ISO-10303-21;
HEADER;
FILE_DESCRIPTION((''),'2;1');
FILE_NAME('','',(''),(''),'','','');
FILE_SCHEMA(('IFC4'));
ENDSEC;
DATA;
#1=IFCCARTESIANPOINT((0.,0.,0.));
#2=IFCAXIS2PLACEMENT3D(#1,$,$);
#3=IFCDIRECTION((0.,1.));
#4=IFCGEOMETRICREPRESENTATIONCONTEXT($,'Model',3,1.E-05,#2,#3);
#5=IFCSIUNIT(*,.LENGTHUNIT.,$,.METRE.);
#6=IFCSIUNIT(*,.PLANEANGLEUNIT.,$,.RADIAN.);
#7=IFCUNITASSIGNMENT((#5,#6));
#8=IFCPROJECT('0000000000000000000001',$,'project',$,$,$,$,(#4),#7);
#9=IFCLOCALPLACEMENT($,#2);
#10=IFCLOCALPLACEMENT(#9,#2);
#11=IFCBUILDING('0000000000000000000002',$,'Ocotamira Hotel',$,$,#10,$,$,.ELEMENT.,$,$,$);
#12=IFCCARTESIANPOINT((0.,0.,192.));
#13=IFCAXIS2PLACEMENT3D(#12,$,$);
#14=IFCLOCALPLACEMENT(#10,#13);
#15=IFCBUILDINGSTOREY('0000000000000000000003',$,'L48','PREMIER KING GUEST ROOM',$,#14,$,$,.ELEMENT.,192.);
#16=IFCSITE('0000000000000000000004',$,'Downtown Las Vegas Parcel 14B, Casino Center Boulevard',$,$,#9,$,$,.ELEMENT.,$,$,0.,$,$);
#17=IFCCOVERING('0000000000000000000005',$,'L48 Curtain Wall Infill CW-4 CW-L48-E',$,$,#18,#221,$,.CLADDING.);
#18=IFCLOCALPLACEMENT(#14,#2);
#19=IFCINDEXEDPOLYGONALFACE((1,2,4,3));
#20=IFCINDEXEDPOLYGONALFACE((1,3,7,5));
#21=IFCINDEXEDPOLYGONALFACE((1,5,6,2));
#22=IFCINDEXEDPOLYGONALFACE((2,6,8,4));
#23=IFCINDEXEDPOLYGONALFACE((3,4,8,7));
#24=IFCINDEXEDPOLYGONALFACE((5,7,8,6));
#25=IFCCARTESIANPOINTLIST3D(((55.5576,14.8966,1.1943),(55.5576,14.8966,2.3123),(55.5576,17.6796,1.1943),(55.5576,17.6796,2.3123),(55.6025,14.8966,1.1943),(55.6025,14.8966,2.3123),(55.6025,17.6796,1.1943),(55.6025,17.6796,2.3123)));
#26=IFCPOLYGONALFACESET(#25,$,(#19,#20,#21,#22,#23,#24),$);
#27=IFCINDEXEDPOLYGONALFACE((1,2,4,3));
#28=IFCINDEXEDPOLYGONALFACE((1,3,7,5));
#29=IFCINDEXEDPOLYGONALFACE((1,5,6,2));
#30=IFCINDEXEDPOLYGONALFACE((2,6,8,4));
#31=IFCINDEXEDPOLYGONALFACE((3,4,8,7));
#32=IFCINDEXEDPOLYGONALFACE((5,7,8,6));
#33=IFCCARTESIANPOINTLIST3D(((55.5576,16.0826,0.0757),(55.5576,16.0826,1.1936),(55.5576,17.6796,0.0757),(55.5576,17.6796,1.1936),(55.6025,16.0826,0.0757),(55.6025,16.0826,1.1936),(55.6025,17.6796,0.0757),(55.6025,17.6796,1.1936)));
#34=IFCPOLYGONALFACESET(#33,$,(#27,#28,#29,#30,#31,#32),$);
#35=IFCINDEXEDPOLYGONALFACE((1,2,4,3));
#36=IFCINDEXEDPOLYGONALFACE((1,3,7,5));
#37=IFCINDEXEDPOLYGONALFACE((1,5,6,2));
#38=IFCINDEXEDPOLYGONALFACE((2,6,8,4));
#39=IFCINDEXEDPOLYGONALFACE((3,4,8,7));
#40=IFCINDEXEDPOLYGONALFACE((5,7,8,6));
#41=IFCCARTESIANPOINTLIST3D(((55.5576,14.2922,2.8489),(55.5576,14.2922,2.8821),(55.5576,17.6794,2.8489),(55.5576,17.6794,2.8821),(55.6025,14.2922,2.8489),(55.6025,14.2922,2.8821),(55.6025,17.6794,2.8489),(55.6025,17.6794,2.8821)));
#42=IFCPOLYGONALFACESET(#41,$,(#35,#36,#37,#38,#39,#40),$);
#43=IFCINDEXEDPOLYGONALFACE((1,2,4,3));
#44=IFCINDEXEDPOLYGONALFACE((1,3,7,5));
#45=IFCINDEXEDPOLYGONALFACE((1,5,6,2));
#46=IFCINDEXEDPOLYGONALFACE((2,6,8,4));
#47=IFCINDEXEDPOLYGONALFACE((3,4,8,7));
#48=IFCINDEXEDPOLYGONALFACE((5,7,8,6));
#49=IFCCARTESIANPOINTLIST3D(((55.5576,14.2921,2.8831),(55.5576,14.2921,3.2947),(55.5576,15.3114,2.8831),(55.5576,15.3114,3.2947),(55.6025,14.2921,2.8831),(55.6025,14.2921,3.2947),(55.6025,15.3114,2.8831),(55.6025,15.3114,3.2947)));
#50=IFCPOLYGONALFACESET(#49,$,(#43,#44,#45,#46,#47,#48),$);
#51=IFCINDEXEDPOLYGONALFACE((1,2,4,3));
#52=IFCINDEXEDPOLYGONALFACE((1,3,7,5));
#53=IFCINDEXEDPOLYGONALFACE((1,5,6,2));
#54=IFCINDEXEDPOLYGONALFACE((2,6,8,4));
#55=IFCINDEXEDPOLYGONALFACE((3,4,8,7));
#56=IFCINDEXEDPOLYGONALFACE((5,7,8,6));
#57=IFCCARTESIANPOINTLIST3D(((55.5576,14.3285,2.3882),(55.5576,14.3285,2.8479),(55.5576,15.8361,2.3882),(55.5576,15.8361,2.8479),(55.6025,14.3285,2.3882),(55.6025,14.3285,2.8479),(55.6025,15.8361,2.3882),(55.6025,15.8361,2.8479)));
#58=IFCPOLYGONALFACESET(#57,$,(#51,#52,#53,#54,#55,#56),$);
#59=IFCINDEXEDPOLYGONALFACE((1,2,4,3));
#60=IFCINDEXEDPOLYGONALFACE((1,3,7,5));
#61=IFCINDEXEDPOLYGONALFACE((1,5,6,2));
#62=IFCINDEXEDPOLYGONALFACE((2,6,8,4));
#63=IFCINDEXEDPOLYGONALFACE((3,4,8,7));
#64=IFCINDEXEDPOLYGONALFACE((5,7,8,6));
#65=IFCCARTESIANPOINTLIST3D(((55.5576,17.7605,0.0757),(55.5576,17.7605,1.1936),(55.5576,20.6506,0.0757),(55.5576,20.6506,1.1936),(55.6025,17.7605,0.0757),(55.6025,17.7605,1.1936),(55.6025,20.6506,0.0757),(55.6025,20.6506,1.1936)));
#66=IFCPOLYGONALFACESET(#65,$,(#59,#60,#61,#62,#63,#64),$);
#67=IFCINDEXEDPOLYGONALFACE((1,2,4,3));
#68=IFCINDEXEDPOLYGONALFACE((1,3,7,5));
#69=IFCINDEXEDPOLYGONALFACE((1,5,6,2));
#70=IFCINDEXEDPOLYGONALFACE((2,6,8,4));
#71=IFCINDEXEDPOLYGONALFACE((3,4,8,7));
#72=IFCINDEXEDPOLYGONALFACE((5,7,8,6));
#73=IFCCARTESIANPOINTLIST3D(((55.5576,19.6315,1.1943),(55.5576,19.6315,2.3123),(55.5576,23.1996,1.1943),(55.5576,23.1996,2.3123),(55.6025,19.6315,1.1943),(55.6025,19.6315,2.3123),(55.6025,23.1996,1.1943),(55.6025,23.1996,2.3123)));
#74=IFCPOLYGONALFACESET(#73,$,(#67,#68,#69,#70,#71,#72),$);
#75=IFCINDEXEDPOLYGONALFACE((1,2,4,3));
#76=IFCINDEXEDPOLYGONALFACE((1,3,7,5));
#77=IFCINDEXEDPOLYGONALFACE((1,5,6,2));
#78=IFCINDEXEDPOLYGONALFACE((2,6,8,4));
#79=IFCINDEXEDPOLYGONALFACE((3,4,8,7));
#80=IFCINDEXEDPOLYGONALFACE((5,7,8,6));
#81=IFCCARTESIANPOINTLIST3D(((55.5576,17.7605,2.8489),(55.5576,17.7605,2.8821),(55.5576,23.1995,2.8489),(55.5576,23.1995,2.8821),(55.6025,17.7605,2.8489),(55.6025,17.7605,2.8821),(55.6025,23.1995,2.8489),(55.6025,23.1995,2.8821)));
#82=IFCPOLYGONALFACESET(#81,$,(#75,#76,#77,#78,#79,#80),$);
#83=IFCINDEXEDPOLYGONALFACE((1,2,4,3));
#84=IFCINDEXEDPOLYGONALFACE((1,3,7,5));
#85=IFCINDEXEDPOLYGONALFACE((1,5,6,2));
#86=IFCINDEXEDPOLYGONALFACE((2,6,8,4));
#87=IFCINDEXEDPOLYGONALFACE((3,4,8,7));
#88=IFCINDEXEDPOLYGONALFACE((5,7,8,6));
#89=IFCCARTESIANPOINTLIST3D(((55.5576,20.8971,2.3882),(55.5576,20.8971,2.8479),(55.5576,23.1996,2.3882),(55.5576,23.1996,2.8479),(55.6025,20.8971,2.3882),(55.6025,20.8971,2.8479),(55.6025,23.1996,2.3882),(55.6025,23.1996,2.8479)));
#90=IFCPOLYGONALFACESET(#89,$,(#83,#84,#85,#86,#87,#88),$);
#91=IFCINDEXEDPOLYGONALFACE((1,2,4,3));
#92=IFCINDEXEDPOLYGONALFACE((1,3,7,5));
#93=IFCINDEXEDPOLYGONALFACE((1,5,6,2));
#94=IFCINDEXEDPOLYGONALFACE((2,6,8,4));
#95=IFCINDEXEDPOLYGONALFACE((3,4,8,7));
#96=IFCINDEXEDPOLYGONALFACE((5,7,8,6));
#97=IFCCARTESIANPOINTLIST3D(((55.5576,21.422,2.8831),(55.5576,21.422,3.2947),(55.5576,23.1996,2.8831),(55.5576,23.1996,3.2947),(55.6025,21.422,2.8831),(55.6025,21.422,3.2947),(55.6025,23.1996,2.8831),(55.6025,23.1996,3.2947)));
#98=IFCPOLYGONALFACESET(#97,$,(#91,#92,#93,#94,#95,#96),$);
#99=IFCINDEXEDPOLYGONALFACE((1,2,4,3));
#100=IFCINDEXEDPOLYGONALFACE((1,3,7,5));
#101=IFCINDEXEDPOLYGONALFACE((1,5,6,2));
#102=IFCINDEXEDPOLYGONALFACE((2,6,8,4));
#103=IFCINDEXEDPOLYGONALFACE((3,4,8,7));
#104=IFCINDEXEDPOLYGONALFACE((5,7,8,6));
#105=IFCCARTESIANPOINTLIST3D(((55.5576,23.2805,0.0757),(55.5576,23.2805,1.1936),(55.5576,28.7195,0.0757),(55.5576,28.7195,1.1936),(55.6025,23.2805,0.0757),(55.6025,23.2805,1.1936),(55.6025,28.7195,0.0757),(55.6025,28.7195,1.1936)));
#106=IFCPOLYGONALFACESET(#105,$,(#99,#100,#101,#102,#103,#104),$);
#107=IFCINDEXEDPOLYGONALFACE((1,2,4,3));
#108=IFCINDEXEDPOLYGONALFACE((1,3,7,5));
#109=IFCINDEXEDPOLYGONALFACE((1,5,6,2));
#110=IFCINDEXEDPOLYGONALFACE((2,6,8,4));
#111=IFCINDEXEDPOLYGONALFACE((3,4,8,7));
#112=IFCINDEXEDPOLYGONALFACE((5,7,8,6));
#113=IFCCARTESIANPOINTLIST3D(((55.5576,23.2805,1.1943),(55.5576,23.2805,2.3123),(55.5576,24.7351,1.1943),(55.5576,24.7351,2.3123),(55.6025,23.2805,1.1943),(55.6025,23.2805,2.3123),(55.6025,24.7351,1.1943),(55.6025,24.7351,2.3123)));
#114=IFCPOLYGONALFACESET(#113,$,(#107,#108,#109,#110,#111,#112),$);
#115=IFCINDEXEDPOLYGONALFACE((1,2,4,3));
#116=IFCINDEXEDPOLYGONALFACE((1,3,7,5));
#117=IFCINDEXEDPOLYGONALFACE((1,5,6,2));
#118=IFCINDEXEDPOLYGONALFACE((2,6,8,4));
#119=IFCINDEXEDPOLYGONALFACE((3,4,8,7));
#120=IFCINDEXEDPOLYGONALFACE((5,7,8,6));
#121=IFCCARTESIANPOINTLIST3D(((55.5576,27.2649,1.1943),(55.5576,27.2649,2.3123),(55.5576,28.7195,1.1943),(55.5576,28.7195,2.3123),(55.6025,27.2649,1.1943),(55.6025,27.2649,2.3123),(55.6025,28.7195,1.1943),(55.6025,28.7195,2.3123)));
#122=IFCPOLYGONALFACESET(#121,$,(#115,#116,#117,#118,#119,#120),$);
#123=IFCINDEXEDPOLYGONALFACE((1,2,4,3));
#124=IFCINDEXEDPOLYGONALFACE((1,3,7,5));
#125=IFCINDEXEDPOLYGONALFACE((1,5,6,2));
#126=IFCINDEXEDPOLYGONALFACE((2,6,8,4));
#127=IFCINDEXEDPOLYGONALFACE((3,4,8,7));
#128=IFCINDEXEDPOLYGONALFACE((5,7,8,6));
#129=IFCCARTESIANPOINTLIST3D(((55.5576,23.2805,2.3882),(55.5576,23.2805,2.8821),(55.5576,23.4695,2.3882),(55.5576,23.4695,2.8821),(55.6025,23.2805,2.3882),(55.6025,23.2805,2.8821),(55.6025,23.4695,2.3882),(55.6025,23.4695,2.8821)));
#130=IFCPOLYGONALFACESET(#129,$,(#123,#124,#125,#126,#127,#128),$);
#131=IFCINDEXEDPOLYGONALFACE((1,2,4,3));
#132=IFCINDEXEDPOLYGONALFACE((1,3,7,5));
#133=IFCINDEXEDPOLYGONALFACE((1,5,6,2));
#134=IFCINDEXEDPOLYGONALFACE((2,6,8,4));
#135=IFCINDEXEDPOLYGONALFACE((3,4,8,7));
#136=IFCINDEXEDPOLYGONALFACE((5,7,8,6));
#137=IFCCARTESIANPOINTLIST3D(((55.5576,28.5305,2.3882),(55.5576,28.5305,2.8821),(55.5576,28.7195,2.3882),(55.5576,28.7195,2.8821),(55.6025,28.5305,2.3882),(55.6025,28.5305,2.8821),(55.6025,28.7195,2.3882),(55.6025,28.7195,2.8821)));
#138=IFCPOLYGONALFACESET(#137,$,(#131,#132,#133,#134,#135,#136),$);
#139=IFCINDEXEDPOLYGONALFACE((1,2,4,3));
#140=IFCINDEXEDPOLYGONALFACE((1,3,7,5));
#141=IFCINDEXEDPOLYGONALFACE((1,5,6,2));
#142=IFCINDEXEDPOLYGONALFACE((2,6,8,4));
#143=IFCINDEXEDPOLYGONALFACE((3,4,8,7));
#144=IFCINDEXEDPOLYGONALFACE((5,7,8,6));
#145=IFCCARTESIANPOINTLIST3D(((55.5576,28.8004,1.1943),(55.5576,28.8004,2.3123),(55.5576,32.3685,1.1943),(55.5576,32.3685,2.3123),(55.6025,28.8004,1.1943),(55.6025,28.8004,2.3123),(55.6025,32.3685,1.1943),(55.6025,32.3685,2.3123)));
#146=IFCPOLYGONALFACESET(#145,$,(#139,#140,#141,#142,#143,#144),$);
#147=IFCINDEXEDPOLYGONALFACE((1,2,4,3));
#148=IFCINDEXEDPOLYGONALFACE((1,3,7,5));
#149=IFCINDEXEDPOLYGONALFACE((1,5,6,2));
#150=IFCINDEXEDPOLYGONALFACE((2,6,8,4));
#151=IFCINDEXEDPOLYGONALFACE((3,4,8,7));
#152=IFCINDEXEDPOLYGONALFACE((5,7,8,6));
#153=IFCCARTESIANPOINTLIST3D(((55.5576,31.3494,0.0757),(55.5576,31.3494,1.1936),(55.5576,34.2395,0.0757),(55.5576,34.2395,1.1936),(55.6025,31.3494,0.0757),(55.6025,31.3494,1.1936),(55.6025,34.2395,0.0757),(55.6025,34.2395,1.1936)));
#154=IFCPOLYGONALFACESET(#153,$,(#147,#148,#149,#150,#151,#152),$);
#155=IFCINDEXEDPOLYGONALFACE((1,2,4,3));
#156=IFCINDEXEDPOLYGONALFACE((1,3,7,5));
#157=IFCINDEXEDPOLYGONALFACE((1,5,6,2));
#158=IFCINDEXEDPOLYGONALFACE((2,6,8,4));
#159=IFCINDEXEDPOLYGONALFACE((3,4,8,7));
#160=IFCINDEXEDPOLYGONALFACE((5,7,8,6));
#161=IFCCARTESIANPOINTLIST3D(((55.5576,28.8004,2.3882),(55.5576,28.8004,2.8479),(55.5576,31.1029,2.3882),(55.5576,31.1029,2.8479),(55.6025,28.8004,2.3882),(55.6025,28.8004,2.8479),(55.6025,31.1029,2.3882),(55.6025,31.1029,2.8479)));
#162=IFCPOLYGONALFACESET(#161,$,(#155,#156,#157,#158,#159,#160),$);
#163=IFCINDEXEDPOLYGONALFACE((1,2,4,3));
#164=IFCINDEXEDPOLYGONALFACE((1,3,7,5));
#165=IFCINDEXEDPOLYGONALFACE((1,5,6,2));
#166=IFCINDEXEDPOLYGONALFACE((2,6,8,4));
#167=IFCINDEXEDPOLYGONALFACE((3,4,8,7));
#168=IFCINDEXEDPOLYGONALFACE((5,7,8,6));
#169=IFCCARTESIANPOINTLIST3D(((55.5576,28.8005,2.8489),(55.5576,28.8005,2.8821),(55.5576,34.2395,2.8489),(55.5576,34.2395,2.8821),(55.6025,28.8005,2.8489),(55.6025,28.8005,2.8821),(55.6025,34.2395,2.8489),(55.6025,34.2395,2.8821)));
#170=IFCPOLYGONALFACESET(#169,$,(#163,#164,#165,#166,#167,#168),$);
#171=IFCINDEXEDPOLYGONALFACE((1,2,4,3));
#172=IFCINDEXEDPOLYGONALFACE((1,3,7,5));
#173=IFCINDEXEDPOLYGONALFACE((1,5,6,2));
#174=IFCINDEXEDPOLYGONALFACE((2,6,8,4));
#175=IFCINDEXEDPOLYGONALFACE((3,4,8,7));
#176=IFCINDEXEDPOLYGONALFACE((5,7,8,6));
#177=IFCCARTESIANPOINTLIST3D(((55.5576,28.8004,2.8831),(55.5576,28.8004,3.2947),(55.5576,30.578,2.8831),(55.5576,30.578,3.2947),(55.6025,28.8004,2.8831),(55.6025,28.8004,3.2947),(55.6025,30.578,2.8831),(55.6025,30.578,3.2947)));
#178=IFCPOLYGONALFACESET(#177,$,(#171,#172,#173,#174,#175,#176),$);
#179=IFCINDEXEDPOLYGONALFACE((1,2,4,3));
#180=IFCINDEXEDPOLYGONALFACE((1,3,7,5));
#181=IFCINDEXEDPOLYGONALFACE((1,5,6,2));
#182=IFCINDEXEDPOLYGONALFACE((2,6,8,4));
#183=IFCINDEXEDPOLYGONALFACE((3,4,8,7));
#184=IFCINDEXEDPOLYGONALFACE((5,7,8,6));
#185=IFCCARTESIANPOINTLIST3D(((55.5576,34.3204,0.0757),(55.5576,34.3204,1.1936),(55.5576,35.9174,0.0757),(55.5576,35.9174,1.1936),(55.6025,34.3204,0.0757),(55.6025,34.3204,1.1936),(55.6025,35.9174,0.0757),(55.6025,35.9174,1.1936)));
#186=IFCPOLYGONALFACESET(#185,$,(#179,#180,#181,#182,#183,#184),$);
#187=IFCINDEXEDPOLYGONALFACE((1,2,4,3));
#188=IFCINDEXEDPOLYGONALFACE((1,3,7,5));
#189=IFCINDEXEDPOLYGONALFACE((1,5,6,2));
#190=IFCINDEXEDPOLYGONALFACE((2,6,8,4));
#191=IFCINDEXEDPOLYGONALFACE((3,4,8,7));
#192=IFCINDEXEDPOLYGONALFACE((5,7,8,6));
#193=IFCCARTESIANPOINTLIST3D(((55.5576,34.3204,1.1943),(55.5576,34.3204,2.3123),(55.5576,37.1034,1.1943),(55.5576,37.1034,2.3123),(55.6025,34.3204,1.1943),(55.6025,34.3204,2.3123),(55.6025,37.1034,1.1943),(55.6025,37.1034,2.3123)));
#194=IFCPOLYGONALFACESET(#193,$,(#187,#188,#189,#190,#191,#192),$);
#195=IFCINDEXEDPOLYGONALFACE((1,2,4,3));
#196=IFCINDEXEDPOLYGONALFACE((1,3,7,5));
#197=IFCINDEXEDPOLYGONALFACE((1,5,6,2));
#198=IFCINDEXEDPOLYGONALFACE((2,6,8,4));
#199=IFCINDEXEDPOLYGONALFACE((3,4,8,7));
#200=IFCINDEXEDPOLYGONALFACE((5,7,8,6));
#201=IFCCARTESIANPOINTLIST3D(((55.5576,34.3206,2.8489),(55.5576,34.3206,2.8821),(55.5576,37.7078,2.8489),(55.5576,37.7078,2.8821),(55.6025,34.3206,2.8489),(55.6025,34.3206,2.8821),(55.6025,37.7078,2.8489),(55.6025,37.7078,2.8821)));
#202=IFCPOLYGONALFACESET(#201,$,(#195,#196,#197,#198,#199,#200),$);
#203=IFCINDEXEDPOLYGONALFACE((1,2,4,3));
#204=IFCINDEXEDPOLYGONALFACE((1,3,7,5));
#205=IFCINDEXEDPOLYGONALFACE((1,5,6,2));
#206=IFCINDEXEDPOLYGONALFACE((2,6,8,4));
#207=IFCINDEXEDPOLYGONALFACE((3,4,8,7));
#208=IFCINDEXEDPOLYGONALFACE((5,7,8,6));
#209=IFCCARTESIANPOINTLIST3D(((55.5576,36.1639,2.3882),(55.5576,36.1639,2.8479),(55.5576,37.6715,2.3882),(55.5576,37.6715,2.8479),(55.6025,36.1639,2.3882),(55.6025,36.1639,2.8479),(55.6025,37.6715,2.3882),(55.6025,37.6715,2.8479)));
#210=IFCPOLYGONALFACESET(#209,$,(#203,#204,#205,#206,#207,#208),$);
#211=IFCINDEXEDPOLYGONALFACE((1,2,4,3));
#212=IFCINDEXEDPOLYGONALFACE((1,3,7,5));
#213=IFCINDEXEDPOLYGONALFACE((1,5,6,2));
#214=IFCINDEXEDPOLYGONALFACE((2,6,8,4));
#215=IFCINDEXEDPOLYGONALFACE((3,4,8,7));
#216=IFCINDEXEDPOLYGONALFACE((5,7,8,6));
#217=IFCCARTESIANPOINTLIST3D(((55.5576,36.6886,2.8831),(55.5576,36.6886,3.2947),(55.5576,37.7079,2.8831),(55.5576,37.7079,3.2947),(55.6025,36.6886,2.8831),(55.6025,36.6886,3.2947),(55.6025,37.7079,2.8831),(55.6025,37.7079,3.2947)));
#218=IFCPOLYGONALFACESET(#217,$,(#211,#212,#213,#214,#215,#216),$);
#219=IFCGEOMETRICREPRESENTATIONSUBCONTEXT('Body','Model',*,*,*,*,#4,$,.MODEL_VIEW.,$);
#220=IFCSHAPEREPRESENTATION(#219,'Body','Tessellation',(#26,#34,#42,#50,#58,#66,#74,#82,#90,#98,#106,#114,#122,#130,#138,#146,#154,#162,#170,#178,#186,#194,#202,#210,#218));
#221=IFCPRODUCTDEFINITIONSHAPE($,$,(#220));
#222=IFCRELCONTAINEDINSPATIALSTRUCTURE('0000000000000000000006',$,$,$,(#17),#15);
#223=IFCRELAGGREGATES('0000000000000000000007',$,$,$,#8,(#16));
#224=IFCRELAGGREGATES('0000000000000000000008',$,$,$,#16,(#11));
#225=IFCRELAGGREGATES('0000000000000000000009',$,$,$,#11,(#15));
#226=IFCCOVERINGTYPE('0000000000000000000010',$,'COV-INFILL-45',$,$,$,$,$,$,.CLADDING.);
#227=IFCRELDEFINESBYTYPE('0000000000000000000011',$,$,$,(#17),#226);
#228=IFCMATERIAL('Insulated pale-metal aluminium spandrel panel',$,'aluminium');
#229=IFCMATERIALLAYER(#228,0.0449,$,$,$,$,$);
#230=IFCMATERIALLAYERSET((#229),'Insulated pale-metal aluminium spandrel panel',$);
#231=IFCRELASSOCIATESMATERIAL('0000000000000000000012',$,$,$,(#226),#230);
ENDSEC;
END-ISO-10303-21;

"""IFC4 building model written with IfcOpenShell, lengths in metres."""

from ifc_helpers import new_model, si_unit, direction, frame, origin, origin_2d, place, context, subcontext, project, spatial, rectangle, extrude, material, layer, layer_set, type_object, element, save


model = new_model("IFC4")

# Units and contexts
model_context = context("Model", 3, precision=1e-05, world=origin(), true_north=direction((0.0, 1.0)))
body_context = subcontext(model_context, "Body", "Model", "MODEL_VIEW")
ifc_project = project(units=[si_unit("LENGTHUNIT", "METRE"), si_unit("PLANEANGLEUNIT", "RADIAN")], contexts=[model_context])

# Site, building, storey
site_placement = place(None, origin())
site = spatial("IfcSite", under=ifc_project, at=site_placement, Name="Downtown Las Vegas Parcel 14B, Casino Center Boulevard", CompositionType="ELEMENT", RefElevation=0.0)
building_placement = place(site_placement, origin())
building = spatial("IfcBuilding", under=site, at=building_placement, Name="Ocotamira Hotel", CompositionType="ELEMENT")
storey_placement = place(building_placement, frame((0.0, 0.0, 192.0)))
storey = spatial("IfcBuildingStorey", under=building, at=storey_placement, Name="L48", Description="PREMIER KING GUEST ROOM", CompositionType="ELEMENT", Elevation=192.0)

# Covering
ifc_material_1 = material(Name="Insulated pale-metal aluminium spandrel panel", Category="aluminium")
ifc_layer_1 = layer(ifc_material_1, 0.0449)
ifc_layer_set_1 = layer_set([ifc_layer_1], Name="Insulated pale-metal aluminium spandrel panel")
covering_type_1 = type_object("IfcCoveringType", Name="COV-INFILL-45", PredefinedType="CLADDING", material=ifc_layer_set_1)
covering_1_placement = place(storey_placement, origin())
element("IfcCovering", 1, at=covering_1_placement, inside=storey, type_object=covering_type_1, Name="L48 Curtain Wall Infill CW-4 CW-L48-E", PredefinedType="CLADDING", context=body_context, shape_type="SweptSolid", body=[
    extrude(rectangle(XDim=2.783, YDim=0.0449, at=origin_2d()), frame((55.5801, 16.2881, 1.1943), z_axis=(0.0, 0.0, 1.0), x_axis=(0.0, 1.0, 0.0)), (0.0, 0.0, 1.0), 1.1179),
    extrude(rectangle(XDim=1.5969, YDim=0.0449, at=origin_2d()), frame((55.5801, 16.8811, 0.0757), z_axis=(0.0, 0.0, 1.0), x_axis=(0.0, 1.0, 0.0)), (0.0, 0.0, 1.0), 1.1179),
    extrude(rectangle(XDim=3.3872, YDim=0.0449, at=origin_2d()), frame((55.5801, 15.9858, 2.8489), z_axis=(0.0, 0.0, 1.0), x_axis=(0.0, 1.0, 0.0)), (0.0, 0.0, 1.0), 0.0332),
    extrude(rectangle(XDim=1.0193, YDim=0.0449, at=origin_2d()), frame((55.5801, 14.8018, 2.8831), z_axis=(0.0, 0.0, 1.0), x_axis=(0.0, 1.0, 0.0)), (0.0, 0.0, 1.0), 0.4116),
    extrude(rectangle(XDim=1.5076, YDim=0.0449, at=origin_2d()), frame((55.5801, 15.0823, 2.3882), z_axis=(0.0, 0.0, 1.0), x_axis=(0.0, 1.0, 0.0)), (0.0, 0.0, 1.0), 0.4597),
    extrude(rectangle(XDim=2.8901, YDim=0.0449, at=origin_2d()), frame((55.5801, 19.2056, 0.0757), z_axis=(0.0, 0.0, 1.0), x_axis=(0.0, 1.0, 0.0)), (0.0, 0.0, 1.0), 1.1179),
    extrude(rectangle(XDim=3.5681, YDim=0.0449, at=origin_2d()), frame((55.5801, 21.4155, 1.1943), z_axis=(0.0, 0.0, 1.0), x_axis=(0.0, 1.0, 0.0)), (0.0, 0.0, 1.0), 1.1179),
    extrude(rectangle(XDim=5.439, YDim=0.0449, at=origin_2d()), frame((55.5801, 20.48, 2.8489), z_axis=(0.0, 0.0, 1.0), x_axis=(0.0, 1.0, 0.0)), (0.0, 0.0, 1.0), 0.0332),
    extrude(rectangle(XDim=2.3025, YDim=0.0449, at=origin_2d()), frame((55.5801, 22.0483, 2.3882), z_axis=(0.0, 0.0, 1.0), x_axis=(0.0, 1.0, 0.0)), (0.0, 0.0, 1.0), 0.4597),
    extrude(rectangle(XDim=1.7776, YDim=0.0449, at=origin_2d()), frame((55.5801, 22.3108, 2.8831), z_axis=(0.0, 0.0, 1.0), x_axis=(0.0, 1.0, 0.0)), (0.0, 0.0, 1.0), 0.4116),
    extrude(rectangle(XDim=5.439, YDim=0.0449, at=origin_2d()), frame((55.5801, 26.0, 0.0757), z_axis=(0.0, 0.0, 1.0), x_axis=(0.0, 1.0, 0.0)), (0.0, 0.0, 1.0), 1.1179),
    extrude(rectangle(XDim=1.4546, YDim=0.0449, at=origin_2d()), frame((55.5801, 24.0078, 1.1943), z_axis=(0.0, 0.0, 1.0), x_axis=(0.0, 1.0, 0.0)), (0.0, 0.0, 1.0), 1.1179),
    extrude(rectangle(XDim=1.4546, YDim=0.0449, at=origin_2d()), frame((55.5801, 27.9922, 1.1943), z_axis=(0.0, 0.0, 1.0), x_axis=(0.0, 1.0, 0.0)), (0.0, 0.0, 1.0), 1.1179),
    extrude(rectangle(XDim=0.189, YDim=0.0449, at=origin_2d()), frame((55.5801, 23.375, 2.3882), z_axis=(0.0, 0.0, 1.0), x_axis=(0.0, 1.0, 0.0)), (0.0, 0.0, 1.0), 0.4939),
    extrude(rectangle(XDim=0.189, YDim=0.0449, at=origin_2d()), frame((55.5801, 28.625, 2.3882), z_axis=(0.0, 0.0, 1.0), x_axis=(0.0, 1.0, 0.0)), (0.0, 0.0, 1.0), 0.4939),
    extrude(rectangle(XDim=3.5681, YDim=0.0449, at=origin_2d()), frame((55.5801, 30.5845, 1.1943), z_axis=(0.0, 0.0, 1.0), x_axis=(0.0, 1.0, 0.0)), (0.0, 0.0, 1.0), 1.1179),
    extrude(rectangle(XDim=2.8901, YDim=0.0449, at=origin_2d()), frame((55.5801, 32.7944, 0.0757), z_axis=(0.0, 0.0, 1.0), x_axis=(0.0, 1.0, 0.0)), (0.0, 0.0, 1.0), 1.1179),
    extrude(rectangle(XDim=2.3025, YDim=0.0449, at=origin_2d()), frame((55.5801, 29.9517, 2.3882), z_axis=(0.0, 0.0, 1.0), x_axis=(0.0, 1.0, 0.0)), (0.0, 0.0, 1.0), 0.4597),
    extrude(rectangle(XDim=5.439, YDim=0.0449, at=origin_2d()), frame((55.5801, 31.52, 2.8489), z_axis=(0.0, 0.0, 1.0), x_axis=(0.0, 1.0, 0.0)), (0.0, 0.0, 1.0), 0.0332),
    extrude(rectangle(XDim=1.7776, YDim=0.0449, at=origin_2d()), frame((55.5801, 29.6892, 2.8831), z_axis=(0.0, 0.0, 1.0), x_axis=(0.0, 1.0, 0.0)), (0.0, 0.0, 1.0), 0.4116),
    extrude(rectangle(XDim=1.5969, YDim=0.0449, at=origin_2d()), frame((55.5801, 35.1189, 0.0757), z_axis=(0.0, 0.0, 1.0), x_axis=(0.0, 1.0, 0.0)), (0.0, 0.0, 1.0), 1.1179),
    extrude(rectangle(XDim=2.783, YDim=0.0449, at=origin_2d()), frame((55.5801, 35.7119, 1.1943), z_axis=(0.0, 0.0, 1.0), x_axis=(0.0, 1.0, 0.0)), (0.0, 0.0, 1.0), 1.1179),
    extrude(rectangle(XDim=3.3872, YDim=0.0449, at=origin_2d()), frame((55.5801, 36.0142, 2.8489), z_axis=(0.0, 0.0, 1.0), x_axis=(0.0, 1.0, 0.0)), (0.0, 0.0, 1.0), 0.0332),
    extrude(rectangle(XDim=1.5076, YDim=0.0449, at=origin_2d()), frame((55.5801, 36.9177, 2.3882), z_axis=(0.0, 0.0, 1.0), x_axis=(0.0, 1.0, 0.0)), (0.0, 0.0, 1.0), 0.4597),
    extrude(rectangle(XDim=1.0193, YDim=0.0449, at=origin_2d()), frame((55.5801, 37.1982, 2.8831), z_axis=(0.0, 0.0, 1.0), x_axis=(0.0, 1.0, 0.0)), (0.0, 0.0, 1.0), 0.4116),
])

save(model, "model.ifc")
